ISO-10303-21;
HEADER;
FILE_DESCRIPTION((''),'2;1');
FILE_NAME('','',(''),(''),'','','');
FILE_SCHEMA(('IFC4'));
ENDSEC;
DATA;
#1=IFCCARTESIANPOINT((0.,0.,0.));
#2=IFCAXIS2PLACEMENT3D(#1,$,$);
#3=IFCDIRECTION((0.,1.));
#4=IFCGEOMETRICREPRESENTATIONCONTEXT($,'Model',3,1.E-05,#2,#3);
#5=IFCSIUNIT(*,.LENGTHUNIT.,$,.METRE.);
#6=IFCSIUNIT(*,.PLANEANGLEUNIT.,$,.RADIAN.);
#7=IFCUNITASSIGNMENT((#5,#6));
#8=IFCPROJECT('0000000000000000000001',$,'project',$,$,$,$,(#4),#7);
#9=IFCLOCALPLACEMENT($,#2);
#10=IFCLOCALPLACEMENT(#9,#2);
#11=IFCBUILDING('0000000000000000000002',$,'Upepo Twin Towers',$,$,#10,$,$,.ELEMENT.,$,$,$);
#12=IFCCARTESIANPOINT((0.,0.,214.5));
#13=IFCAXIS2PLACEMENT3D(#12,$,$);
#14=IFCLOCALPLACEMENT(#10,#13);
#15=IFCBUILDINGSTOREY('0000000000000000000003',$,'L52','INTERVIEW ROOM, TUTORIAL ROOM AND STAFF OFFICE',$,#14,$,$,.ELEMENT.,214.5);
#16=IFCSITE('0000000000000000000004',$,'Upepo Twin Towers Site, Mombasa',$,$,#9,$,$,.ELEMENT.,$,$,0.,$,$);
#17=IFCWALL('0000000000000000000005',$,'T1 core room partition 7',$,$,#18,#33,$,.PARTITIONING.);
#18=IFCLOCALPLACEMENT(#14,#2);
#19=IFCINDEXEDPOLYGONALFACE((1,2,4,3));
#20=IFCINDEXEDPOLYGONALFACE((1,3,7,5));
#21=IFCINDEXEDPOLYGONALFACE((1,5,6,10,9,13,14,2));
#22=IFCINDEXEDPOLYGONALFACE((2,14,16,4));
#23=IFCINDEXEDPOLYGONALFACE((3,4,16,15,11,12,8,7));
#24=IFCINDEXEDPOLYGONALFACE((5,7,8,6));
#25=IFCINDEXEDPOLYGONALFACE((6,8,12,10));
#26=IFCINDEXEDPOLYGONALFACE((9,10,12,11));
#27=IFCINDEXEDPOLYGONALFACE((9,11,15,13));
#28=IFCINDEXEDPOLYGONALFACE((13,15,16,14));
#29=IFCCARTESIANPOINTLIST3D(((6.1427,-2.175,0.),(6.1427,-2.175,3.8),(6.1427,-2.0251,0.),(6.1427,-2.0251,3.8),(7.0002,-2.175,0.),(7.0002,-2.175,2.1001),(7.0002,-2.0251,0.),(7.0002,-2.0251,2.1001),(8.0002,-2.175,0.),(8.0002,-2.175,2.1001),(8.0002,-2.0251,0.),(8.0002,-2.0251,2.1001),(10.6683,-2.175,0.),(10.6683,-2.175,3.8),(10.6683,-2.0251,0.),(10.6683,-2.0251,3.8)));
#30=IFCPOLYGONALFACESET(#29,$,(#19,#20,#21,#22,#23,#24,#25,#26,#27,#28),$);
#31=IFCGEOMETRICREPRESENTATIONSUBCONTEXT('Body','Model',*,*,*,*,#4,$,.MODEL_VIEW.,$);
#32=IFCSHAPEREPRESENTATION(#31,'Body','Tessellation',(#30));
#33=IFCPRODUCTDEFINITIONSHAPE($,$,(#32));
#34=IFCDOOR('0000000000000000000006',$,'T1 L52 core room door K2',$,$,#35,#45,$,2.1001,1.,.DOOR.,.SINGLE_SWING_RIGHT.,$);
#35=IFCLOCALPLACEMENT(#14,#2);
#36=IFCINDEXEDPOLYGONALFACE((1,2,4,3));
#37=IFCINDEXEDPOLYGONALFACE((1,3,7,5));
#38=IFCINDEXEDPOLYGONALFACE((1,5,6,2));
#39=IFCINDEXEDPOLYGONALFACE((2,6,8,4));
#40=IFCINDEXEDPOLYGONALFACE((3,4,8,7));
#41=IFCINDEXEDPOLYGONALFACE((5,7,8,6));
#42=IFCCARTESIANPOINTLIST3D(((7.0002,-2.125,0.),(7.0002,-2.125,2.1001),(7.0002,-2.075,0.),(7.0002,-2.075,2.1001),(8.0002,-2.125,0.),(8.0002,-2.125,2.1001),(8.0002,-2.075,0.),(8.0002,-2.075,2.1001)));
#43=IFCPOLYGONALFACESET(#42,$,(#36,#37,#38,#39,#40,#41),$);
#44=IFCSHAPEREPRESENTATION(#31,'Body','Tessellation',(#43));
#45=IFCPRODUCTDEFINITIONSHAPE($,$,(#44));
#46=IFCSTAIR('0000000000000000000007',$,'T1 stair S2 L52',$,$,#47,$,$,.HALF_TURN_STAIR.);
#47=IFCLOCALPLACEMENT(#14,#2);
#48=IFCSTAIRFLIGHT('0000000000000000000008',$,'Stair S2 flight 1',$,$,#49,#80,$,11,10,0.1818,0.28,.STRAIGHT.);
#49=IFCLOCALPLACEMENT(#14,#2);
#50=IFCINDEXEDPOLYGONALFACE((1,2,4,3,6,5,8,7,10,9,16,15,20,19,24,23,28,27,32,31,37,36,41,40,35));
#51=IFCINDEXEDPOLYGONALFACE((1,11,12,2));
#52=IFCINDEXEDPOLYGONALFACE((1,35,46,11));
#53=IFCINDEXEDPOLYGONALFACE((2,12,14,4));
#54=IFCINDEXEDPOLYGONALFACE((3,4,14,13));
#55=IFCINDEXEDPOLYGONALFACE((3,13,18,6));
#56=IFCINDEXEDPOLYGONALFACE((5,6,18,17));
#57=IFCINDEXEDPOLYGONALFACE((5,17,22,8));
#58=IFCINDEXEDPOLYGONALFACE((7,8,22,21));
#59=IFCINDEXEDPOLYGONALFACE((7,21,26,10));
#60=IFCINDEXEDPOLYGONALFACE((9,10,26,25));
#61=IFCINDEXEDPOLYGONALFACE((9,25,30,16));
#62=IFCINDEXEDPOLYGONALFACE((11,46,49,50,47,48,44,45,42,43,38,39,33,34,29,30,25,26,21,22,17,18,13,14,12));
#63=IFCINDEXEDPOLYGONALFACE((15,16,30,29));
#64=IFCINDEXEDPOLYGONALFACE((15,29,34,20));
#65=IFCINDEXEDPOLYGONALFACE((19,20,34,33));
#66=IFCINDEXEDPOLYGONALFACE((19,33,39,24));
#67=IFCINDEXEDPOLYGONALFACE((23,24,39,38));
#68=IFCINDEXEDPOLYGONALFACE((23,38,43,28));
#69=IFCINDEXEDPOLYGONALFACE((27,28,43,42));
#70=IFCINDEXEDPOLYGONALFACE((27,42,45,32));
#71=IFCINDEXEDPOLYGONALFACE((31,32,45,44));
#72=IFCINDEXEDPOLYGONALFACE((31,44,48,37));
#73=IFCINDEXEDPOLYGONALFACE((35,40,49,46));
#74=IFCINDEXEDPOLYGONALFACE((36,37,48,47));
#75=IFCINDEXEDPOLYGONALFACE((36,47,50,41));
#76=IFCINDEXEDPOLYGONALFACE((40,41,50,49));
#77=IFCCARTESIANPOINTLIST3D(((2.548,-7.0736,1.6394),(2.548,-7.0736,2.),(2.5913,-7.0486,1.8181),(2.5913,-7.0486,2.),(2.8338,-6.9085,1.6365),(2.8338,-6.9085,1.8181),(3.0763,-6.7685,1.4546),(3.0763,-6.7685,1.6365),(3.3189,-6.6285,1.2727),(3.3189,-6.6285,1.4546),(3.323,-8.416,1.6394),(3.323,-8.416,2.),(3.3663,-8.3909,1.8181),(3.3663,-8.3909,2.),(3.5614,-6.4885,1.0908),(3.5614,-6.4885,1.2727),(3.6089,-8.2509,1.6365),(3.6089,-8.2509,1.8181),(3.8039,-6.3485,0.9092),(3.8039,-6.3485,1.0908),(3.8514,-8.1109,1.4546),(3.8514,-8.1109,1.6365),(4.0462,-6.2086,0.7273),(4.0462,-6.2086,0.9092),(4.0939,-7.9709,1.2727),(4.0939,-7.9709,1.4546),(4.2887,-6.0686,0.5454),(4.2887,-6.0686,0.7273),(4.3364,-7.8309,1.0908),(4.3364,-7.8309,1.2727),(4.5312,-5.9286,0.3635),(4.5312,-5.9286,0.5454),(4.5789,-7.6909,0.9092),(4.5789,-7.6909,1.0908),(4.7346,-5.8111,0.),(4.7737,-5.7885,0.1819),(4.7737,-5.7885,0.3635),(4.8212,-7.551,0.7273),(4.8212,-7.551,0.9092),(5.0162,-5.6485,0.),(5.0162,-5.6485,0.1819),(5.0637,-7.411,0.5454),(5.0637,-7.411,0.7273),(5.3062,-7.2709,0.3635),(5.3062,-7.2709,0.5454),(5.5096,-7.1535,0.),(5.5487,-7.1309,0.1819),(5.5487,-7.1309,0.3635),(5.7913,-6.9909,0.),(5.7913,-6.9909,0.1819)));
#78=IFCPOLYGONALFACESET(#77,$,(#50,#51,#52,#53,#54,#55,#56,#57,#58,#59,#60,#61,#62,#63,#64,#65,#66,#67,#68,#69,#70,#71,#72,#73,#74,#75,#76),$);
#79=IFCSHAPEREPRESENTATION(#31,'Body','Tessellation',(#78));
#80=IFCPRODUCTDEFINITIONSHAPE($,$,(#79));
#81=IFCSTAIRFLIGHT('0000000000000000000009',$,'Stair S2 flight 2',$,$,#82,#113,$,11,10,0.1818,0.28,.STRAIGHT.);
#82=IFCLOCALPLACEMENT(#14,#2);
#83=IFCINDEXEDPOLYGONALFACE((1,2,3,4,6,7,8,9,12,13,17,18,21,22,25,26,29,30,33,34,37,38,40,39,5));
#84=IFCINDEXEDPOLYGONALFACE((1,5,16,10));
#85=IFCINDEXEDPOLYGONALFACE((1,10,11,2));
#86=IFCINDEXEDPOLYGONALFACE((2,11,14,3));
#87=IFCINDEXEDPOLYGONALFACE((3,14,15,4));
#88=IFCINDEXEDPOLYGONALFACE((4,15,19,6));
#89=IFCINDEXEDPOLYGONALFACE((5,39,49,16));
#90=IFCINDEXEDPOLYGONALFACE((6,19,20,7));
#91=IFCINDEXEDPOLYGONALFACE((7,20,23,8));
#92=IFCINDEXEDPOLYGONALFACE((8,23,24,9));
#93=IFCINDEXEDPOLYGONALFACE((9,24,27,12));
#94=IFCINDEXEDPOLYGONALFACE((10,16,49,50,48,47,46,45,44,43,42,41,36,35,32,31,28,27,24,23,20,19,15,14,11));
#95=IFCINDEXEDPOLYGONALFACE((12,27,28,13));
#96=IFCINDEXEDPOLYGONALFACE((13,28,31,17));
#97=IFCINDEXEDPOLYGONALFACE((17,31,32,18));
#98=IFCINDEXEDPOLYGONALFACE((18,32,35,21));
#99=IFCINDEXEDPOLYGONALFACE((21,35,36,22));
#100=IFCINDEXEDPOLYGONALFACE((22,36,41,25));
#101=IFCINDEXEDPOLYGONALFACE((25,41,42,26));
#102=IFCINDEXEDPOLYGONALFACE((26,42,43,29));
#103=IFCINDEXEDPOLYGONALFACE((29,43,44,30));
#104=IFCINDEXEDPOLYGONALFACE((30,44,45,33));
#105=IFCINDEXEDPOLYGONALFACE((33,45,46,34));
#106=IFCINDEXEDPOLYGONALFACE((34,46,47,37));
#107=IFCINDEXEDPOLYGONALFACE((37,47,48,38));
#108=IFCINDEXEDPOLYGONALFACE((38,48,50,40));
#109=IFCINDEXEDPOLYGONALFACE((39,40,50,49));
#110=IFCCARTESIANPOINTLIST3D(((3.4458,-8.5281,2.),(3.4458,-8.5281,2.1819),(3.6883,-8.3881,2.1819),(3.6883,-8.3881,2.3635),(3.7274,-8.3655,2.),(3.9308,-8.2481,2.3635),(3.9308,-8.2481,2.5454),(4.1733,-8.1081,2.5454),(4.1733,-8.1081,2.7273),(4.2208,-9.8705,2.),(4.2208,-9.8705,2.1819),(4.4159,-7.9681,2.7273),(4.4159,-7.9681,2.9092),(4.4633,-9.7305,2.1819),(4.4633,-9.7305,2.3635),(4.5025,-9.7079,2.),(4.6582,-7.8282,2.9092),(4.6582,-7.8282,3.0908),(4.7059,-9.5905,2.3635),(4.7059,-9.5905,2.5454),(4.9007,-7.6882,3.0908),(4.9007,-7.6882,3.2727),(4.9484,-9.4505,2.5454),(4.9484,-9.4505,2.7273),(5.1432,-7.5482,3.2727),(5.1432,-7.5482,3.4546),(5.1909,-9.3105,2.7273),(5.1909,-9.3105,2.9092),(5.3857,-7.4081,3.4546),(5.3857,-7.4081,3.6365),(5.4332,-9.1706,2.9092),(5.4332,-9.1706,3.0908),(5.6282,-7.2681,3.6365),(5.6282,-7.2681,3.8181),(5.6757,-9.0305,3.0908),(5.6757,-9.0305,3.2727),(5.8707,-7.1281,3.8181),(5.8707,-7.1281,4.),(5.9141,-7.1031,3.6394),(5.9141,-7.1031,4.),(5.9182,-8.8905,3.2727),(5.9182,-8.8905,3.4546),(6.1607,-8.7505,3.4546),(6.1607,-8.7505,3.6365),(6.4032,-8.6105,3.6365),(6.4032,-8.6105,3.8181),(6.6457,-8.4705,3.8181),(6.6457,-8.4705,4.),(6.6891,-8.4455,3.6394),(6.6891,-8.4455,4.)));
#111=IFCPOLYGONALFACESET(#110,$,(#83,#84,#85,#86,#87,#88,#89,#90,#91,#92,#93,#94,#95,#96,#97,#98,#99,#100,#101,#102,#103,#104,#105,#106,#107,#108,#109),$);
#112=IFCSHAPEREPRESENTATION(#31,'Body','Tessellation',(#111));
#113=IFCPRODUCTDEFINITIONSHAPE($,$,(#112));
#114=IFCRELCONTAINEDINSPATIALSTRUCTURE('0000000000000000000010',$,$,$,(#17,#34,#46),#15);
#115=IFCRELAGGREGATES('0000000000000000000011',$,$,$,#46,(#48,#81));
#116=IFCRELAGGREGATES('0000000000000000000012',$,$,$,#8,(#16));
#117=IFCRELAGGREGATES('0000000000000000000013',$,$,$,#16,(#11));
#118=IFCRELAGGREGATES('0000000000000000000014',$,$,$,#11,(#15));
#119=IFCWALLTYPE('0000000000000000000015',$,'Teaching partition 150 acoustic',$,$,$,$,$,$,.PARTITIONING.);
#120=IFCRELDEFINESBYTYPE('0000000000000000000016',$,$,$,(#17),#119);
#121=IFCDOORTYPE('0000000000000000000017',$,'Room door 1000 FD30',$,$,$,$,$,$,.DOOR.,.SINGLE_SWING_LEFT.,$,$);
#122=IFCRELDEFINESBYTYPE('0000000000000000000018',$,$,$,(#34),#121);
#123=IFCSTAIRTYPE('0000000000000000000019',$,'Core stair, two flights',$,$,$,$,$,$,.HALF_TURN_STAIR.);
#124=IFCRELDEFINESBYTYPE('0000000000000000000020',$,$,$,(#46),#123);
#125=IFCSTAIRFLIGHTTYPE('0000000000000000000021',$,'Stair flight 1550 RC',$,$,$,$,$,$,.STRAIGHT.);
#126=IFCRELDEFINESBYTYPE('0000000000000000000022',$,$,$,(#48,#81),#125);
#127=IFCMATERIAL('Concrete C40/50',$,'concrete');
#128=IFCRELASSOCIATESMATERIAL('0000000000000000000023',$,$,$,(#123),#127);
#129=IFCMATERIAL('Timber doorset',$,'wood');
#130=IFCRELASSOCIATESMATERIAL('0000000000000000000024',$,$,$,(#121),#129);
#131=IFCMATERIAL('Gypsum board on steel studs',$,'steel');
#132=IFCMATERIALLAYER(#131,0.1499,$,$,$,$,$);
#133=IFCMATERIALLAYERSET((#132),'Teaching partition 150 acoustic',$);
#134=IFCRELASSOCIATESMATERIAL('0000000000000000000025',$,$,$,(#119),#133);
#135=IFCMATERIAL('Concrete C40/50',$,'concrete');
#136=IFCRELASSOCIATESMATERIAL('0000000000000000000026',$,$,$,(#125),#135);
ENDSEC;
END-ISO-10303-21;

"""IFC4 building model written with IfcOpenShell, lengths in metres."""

from ifc_helpers import new_model, si_unit, direction, frame, frame_2d, origin, place, context, subcontext, project, spatial, polyline, rectangle, outline, extrude, material, layer, layer_set, type_object, element, fill, aggregate, save


model = new_model("IFC4")

# Units and contexts
model_context = context("Model", 3, precision=1e-05, world=origin(), true_north=direction((0.0, 1.0)))
body_context = subcontext(model_context, "Body", "Model", "MODEL_VIEW")
ifc_project = project(units=[si_unit("LENGTHUNIT", "METRE"), si_unit("PLANEANGLEUNIT", "RADIAN")], contexts=[model_context])

# Site, building, storey
site_placement = place(None, origin())
site = spatial("IfcSite", under=ifc_project, at=site_placement, Name="Upepo Twin Towers Site, Mombasa", CompositionType="ELEMENT", RefElevation=0.0)
building_placement = place(site_placement, origin())
building = spatial("IfcBuilding", under=site, at=building_placement, Name="Upepo Twin Towers", CompositionType="ELEMENT")
storey_placement = place(building_placement, frame((0.0, 0.0, 214.5)))
storey = spatial("IfcBuildingStorey", under=building, at=storey_placement, Name="L52", Description="INTERVIEW ROOM, TUTORIAL ROOM AND STAFF OFFICE", CompositionType="ELEMENT", Elevation=214.5)

# Shared definitions
ifc_material_1 = material(Name="Concrete C40/50", Category="concrete")
stair_type = type_object("IfcStairType", Name="Core stair, two flights", PredefinedType="HALF_TURN_STAIR", material=ifc_material_1)

# Shared definitions
ifc_material_2 = material(Name="Timber doorset", Category="wood")
door_type_1 = type_object("IfcDoorType", Name="Room door 1000 FD30", OperationType="SINGLE_SWING_LEFT", PredefinedType="DOOR", material=ifc_material_2)

# Shared definitions
ifc_material_3 = material(Name="Gypsum board on steel studs", Category="steel")
ifc_layer_1 = layer(ifc_material_3, 0.1499)
ifc_layer_set_1 = layer_set([ifc_layer_1], Name="Teaching partition 150 acoustic")
wall_type_1 = type_object("IfcWallType", Name="Teaching partition 150 acoustic", PredefinedType="PARTITIONING", material=ifc_layer_set_1)

# Wall, opening, door
wall_1_placement = place(storey_placement, frame((10.6682, -2.1001, 0.0), z_axis=(0.0, 0.0, 1.0), x_axis=(-1.0, 0.0, 0.0)))
wall_1 = element("IfcWall", 1, at=wall_1_placement, inside=storey, type_object=wall_type_1, Name="T1 core room partition 7", PredefinedType="PARTITIONING", context=body_context, shape_type="SweptSolid", body=[
    extrude(rectangle(XDim=4.5256, YDim=0.1499, at=frame_2d((2.2627, 0.0))), origin(), (0.0, 0.0, 1.0), 3.8),
])
opening_1_placement = place(wall_1_placement, frame((2.668, 0.0, 0.0)))
opening_1 = element("IfcOpeningElement", 2, at=opening_1_placement, cuts=wall_1, PredefinedType="OPENING", context=body_context, shape_type="SweptSolid", body=[
    extrude(rectangle(XDim=1.0, YDim=2.1001, at=frame_2d((0.5, 1.05))), frame((0.0, 0.085, 0.0), z_axis=(0.0, -1.0, 0.0), x_axis=(1.0, 0.0, 0.0)), (0.0, 0.0, 1.0), 0.1699),
])
door_1_placement = place(opening_1_placement, origin())
door_1 = element("IfcDoor", 3, at=door_1_placement, inside=storey, type_object=door_type_1, Name="T1 L52 core room door K2", OperationType="SINGLE_SWING_RIGHT", OverallHeight=2.1001, OverallWidth=1.0, PredefinedType="DOOR", context=body_context, shape_type="SweptSolid", body=[
    extrude(rectangle(XDim=1.0, YDim=2.1001, at=frame_2d((0.5, 1.05))), frame((0.0, 0.0249, 0.0), z_axis=(0.0, -1.0, 0.0), x_axis=(1.0, 0.0, 0.0)), (0.0, 0.0, 1.0), 0.05),
])
fill(opening_1, door_1)

# Stair, stair flights
stair_1_placement = place(storey_placement, origin())
stair_1 = element("IfcStair", 4, at=stair_1_placement, inside=storey, type_object=stair_type, Name="T1 stair S2 L52", PredefinedType="HALF_TURN_STAIR")
ifc_material_4 = material(Name="Concrete C40/50", Category="concrete")
stair_flight_type = type_object("IfcStairFlightType", Name="Stair flight 1550 RC", PredefinedType="STRAIGHT", material=ifc_material_4)
stair_flight_1_placement = place(storey_placement, frame((5.4038, -6.3198, 0.0), z_axis=(0.0, 0.0, 1.0), x_axis=(-0.866025, -0.5, 0.0)))
stair_flight_1 = element("IfcStairFlight", 5, at=stair_flight_1_placement, type_object=stair_flight_type, Name="Stair S2 flight 1", NumberOfRisers=11, NumberOfTreads=10, PredefinedType="STRAIGHT", RiserHeight=0.1818, TreadLength=0.28, context=body_context, shape_type="SweptSolid", body=[
    extrude(outline(polyline([(0.0, 0.0), (0.0, 0.1819), (0.28, 0.1819), (0.28, 0.3635), (0.5601, 0.3635), (0.5601, 0.5454), (0.8401, 0.5454), (0.8401, 0.7273), (1.1201, 0.7273), (1.1201, 0.9092), (1.3999, 0.9092), (1.3999, 1.0908), (1.6799, 1.0908), (1.6799, 1.2727), (1.96, 1.2727), (1.96, 1.4546), (2.24, 1.4546), (2.24, 1.6365), (2.52, 1.6365), (2.52, 1.8181), (2.8, 1.8181), (2.8, 2.0), (2.8501, 2.0), (2.8501, 1.6394), (0.3252, 0.0), (0.0, 0.0)])), frame((0.0, 0.7749, 0.0), z_axis=(0.0, -1.0, 0.0), x_axis=(1.0, 0.0, 0.0)), (0.0, 0.0, 1.0), 1.55),
])
stair_flight_2_placement = place(storey_placement, frame((3.8333, -9.1992, 2.0), z_axis=(0.0, 0.0, 1.0), x_axis=(0.866025, 0.5, 0.0)))
stair_flight_2 = element("IfcStairFlight", 6, at=stair_flight_2_placement, type_object=stair_flight_type, Name="Stair S2 flight 2", NumberOfRisers=11, NumberOfTreads=10, PredefinedType="STRAIGHT", RiserHeight=0.1818, TreadLength=0.28, context=body_context, shape_type="SweptSolid", body=[
    extrude(outline(polyline([(0.0, 0.0), (0.0, 0.1819), (0.28, 0.1819), (0.28, 0.3635), (0.5601, 0.3635), (0.5601, 0.5454), (0.8401, 0.5454), (0.8401, 0.7273), (1.1201, 0.7273), (1.1201, 0.9092), (1.3999, 0.9092), (1.3999, 1.0908), (1.6799, 1.0908), (1.6799, 1.2727), (1.96, 1.2727), (1.96, 1.4546), (2.24, 1.4546), (2.24, 1.6365), (2.52, 1.6365), (2.52, 1.8181), (2.8, 1.8181), (2.8, 2.0), (2.8501, 2.0), (2.8501, 1.6394), (0.3252, 0.0), (0.0, 0.0)])), frame((0.0, 0.7749, 0.0), z_axis=(0.0, -1.0, 0.0), x_axis=(1.0, 0.0, 0.0)), (0.0, 0.0, 1.0), 1.55),
])
aggregate(stair_1, [stair_flight_1, stair_flight_2])

save(model, "model.ifc")
